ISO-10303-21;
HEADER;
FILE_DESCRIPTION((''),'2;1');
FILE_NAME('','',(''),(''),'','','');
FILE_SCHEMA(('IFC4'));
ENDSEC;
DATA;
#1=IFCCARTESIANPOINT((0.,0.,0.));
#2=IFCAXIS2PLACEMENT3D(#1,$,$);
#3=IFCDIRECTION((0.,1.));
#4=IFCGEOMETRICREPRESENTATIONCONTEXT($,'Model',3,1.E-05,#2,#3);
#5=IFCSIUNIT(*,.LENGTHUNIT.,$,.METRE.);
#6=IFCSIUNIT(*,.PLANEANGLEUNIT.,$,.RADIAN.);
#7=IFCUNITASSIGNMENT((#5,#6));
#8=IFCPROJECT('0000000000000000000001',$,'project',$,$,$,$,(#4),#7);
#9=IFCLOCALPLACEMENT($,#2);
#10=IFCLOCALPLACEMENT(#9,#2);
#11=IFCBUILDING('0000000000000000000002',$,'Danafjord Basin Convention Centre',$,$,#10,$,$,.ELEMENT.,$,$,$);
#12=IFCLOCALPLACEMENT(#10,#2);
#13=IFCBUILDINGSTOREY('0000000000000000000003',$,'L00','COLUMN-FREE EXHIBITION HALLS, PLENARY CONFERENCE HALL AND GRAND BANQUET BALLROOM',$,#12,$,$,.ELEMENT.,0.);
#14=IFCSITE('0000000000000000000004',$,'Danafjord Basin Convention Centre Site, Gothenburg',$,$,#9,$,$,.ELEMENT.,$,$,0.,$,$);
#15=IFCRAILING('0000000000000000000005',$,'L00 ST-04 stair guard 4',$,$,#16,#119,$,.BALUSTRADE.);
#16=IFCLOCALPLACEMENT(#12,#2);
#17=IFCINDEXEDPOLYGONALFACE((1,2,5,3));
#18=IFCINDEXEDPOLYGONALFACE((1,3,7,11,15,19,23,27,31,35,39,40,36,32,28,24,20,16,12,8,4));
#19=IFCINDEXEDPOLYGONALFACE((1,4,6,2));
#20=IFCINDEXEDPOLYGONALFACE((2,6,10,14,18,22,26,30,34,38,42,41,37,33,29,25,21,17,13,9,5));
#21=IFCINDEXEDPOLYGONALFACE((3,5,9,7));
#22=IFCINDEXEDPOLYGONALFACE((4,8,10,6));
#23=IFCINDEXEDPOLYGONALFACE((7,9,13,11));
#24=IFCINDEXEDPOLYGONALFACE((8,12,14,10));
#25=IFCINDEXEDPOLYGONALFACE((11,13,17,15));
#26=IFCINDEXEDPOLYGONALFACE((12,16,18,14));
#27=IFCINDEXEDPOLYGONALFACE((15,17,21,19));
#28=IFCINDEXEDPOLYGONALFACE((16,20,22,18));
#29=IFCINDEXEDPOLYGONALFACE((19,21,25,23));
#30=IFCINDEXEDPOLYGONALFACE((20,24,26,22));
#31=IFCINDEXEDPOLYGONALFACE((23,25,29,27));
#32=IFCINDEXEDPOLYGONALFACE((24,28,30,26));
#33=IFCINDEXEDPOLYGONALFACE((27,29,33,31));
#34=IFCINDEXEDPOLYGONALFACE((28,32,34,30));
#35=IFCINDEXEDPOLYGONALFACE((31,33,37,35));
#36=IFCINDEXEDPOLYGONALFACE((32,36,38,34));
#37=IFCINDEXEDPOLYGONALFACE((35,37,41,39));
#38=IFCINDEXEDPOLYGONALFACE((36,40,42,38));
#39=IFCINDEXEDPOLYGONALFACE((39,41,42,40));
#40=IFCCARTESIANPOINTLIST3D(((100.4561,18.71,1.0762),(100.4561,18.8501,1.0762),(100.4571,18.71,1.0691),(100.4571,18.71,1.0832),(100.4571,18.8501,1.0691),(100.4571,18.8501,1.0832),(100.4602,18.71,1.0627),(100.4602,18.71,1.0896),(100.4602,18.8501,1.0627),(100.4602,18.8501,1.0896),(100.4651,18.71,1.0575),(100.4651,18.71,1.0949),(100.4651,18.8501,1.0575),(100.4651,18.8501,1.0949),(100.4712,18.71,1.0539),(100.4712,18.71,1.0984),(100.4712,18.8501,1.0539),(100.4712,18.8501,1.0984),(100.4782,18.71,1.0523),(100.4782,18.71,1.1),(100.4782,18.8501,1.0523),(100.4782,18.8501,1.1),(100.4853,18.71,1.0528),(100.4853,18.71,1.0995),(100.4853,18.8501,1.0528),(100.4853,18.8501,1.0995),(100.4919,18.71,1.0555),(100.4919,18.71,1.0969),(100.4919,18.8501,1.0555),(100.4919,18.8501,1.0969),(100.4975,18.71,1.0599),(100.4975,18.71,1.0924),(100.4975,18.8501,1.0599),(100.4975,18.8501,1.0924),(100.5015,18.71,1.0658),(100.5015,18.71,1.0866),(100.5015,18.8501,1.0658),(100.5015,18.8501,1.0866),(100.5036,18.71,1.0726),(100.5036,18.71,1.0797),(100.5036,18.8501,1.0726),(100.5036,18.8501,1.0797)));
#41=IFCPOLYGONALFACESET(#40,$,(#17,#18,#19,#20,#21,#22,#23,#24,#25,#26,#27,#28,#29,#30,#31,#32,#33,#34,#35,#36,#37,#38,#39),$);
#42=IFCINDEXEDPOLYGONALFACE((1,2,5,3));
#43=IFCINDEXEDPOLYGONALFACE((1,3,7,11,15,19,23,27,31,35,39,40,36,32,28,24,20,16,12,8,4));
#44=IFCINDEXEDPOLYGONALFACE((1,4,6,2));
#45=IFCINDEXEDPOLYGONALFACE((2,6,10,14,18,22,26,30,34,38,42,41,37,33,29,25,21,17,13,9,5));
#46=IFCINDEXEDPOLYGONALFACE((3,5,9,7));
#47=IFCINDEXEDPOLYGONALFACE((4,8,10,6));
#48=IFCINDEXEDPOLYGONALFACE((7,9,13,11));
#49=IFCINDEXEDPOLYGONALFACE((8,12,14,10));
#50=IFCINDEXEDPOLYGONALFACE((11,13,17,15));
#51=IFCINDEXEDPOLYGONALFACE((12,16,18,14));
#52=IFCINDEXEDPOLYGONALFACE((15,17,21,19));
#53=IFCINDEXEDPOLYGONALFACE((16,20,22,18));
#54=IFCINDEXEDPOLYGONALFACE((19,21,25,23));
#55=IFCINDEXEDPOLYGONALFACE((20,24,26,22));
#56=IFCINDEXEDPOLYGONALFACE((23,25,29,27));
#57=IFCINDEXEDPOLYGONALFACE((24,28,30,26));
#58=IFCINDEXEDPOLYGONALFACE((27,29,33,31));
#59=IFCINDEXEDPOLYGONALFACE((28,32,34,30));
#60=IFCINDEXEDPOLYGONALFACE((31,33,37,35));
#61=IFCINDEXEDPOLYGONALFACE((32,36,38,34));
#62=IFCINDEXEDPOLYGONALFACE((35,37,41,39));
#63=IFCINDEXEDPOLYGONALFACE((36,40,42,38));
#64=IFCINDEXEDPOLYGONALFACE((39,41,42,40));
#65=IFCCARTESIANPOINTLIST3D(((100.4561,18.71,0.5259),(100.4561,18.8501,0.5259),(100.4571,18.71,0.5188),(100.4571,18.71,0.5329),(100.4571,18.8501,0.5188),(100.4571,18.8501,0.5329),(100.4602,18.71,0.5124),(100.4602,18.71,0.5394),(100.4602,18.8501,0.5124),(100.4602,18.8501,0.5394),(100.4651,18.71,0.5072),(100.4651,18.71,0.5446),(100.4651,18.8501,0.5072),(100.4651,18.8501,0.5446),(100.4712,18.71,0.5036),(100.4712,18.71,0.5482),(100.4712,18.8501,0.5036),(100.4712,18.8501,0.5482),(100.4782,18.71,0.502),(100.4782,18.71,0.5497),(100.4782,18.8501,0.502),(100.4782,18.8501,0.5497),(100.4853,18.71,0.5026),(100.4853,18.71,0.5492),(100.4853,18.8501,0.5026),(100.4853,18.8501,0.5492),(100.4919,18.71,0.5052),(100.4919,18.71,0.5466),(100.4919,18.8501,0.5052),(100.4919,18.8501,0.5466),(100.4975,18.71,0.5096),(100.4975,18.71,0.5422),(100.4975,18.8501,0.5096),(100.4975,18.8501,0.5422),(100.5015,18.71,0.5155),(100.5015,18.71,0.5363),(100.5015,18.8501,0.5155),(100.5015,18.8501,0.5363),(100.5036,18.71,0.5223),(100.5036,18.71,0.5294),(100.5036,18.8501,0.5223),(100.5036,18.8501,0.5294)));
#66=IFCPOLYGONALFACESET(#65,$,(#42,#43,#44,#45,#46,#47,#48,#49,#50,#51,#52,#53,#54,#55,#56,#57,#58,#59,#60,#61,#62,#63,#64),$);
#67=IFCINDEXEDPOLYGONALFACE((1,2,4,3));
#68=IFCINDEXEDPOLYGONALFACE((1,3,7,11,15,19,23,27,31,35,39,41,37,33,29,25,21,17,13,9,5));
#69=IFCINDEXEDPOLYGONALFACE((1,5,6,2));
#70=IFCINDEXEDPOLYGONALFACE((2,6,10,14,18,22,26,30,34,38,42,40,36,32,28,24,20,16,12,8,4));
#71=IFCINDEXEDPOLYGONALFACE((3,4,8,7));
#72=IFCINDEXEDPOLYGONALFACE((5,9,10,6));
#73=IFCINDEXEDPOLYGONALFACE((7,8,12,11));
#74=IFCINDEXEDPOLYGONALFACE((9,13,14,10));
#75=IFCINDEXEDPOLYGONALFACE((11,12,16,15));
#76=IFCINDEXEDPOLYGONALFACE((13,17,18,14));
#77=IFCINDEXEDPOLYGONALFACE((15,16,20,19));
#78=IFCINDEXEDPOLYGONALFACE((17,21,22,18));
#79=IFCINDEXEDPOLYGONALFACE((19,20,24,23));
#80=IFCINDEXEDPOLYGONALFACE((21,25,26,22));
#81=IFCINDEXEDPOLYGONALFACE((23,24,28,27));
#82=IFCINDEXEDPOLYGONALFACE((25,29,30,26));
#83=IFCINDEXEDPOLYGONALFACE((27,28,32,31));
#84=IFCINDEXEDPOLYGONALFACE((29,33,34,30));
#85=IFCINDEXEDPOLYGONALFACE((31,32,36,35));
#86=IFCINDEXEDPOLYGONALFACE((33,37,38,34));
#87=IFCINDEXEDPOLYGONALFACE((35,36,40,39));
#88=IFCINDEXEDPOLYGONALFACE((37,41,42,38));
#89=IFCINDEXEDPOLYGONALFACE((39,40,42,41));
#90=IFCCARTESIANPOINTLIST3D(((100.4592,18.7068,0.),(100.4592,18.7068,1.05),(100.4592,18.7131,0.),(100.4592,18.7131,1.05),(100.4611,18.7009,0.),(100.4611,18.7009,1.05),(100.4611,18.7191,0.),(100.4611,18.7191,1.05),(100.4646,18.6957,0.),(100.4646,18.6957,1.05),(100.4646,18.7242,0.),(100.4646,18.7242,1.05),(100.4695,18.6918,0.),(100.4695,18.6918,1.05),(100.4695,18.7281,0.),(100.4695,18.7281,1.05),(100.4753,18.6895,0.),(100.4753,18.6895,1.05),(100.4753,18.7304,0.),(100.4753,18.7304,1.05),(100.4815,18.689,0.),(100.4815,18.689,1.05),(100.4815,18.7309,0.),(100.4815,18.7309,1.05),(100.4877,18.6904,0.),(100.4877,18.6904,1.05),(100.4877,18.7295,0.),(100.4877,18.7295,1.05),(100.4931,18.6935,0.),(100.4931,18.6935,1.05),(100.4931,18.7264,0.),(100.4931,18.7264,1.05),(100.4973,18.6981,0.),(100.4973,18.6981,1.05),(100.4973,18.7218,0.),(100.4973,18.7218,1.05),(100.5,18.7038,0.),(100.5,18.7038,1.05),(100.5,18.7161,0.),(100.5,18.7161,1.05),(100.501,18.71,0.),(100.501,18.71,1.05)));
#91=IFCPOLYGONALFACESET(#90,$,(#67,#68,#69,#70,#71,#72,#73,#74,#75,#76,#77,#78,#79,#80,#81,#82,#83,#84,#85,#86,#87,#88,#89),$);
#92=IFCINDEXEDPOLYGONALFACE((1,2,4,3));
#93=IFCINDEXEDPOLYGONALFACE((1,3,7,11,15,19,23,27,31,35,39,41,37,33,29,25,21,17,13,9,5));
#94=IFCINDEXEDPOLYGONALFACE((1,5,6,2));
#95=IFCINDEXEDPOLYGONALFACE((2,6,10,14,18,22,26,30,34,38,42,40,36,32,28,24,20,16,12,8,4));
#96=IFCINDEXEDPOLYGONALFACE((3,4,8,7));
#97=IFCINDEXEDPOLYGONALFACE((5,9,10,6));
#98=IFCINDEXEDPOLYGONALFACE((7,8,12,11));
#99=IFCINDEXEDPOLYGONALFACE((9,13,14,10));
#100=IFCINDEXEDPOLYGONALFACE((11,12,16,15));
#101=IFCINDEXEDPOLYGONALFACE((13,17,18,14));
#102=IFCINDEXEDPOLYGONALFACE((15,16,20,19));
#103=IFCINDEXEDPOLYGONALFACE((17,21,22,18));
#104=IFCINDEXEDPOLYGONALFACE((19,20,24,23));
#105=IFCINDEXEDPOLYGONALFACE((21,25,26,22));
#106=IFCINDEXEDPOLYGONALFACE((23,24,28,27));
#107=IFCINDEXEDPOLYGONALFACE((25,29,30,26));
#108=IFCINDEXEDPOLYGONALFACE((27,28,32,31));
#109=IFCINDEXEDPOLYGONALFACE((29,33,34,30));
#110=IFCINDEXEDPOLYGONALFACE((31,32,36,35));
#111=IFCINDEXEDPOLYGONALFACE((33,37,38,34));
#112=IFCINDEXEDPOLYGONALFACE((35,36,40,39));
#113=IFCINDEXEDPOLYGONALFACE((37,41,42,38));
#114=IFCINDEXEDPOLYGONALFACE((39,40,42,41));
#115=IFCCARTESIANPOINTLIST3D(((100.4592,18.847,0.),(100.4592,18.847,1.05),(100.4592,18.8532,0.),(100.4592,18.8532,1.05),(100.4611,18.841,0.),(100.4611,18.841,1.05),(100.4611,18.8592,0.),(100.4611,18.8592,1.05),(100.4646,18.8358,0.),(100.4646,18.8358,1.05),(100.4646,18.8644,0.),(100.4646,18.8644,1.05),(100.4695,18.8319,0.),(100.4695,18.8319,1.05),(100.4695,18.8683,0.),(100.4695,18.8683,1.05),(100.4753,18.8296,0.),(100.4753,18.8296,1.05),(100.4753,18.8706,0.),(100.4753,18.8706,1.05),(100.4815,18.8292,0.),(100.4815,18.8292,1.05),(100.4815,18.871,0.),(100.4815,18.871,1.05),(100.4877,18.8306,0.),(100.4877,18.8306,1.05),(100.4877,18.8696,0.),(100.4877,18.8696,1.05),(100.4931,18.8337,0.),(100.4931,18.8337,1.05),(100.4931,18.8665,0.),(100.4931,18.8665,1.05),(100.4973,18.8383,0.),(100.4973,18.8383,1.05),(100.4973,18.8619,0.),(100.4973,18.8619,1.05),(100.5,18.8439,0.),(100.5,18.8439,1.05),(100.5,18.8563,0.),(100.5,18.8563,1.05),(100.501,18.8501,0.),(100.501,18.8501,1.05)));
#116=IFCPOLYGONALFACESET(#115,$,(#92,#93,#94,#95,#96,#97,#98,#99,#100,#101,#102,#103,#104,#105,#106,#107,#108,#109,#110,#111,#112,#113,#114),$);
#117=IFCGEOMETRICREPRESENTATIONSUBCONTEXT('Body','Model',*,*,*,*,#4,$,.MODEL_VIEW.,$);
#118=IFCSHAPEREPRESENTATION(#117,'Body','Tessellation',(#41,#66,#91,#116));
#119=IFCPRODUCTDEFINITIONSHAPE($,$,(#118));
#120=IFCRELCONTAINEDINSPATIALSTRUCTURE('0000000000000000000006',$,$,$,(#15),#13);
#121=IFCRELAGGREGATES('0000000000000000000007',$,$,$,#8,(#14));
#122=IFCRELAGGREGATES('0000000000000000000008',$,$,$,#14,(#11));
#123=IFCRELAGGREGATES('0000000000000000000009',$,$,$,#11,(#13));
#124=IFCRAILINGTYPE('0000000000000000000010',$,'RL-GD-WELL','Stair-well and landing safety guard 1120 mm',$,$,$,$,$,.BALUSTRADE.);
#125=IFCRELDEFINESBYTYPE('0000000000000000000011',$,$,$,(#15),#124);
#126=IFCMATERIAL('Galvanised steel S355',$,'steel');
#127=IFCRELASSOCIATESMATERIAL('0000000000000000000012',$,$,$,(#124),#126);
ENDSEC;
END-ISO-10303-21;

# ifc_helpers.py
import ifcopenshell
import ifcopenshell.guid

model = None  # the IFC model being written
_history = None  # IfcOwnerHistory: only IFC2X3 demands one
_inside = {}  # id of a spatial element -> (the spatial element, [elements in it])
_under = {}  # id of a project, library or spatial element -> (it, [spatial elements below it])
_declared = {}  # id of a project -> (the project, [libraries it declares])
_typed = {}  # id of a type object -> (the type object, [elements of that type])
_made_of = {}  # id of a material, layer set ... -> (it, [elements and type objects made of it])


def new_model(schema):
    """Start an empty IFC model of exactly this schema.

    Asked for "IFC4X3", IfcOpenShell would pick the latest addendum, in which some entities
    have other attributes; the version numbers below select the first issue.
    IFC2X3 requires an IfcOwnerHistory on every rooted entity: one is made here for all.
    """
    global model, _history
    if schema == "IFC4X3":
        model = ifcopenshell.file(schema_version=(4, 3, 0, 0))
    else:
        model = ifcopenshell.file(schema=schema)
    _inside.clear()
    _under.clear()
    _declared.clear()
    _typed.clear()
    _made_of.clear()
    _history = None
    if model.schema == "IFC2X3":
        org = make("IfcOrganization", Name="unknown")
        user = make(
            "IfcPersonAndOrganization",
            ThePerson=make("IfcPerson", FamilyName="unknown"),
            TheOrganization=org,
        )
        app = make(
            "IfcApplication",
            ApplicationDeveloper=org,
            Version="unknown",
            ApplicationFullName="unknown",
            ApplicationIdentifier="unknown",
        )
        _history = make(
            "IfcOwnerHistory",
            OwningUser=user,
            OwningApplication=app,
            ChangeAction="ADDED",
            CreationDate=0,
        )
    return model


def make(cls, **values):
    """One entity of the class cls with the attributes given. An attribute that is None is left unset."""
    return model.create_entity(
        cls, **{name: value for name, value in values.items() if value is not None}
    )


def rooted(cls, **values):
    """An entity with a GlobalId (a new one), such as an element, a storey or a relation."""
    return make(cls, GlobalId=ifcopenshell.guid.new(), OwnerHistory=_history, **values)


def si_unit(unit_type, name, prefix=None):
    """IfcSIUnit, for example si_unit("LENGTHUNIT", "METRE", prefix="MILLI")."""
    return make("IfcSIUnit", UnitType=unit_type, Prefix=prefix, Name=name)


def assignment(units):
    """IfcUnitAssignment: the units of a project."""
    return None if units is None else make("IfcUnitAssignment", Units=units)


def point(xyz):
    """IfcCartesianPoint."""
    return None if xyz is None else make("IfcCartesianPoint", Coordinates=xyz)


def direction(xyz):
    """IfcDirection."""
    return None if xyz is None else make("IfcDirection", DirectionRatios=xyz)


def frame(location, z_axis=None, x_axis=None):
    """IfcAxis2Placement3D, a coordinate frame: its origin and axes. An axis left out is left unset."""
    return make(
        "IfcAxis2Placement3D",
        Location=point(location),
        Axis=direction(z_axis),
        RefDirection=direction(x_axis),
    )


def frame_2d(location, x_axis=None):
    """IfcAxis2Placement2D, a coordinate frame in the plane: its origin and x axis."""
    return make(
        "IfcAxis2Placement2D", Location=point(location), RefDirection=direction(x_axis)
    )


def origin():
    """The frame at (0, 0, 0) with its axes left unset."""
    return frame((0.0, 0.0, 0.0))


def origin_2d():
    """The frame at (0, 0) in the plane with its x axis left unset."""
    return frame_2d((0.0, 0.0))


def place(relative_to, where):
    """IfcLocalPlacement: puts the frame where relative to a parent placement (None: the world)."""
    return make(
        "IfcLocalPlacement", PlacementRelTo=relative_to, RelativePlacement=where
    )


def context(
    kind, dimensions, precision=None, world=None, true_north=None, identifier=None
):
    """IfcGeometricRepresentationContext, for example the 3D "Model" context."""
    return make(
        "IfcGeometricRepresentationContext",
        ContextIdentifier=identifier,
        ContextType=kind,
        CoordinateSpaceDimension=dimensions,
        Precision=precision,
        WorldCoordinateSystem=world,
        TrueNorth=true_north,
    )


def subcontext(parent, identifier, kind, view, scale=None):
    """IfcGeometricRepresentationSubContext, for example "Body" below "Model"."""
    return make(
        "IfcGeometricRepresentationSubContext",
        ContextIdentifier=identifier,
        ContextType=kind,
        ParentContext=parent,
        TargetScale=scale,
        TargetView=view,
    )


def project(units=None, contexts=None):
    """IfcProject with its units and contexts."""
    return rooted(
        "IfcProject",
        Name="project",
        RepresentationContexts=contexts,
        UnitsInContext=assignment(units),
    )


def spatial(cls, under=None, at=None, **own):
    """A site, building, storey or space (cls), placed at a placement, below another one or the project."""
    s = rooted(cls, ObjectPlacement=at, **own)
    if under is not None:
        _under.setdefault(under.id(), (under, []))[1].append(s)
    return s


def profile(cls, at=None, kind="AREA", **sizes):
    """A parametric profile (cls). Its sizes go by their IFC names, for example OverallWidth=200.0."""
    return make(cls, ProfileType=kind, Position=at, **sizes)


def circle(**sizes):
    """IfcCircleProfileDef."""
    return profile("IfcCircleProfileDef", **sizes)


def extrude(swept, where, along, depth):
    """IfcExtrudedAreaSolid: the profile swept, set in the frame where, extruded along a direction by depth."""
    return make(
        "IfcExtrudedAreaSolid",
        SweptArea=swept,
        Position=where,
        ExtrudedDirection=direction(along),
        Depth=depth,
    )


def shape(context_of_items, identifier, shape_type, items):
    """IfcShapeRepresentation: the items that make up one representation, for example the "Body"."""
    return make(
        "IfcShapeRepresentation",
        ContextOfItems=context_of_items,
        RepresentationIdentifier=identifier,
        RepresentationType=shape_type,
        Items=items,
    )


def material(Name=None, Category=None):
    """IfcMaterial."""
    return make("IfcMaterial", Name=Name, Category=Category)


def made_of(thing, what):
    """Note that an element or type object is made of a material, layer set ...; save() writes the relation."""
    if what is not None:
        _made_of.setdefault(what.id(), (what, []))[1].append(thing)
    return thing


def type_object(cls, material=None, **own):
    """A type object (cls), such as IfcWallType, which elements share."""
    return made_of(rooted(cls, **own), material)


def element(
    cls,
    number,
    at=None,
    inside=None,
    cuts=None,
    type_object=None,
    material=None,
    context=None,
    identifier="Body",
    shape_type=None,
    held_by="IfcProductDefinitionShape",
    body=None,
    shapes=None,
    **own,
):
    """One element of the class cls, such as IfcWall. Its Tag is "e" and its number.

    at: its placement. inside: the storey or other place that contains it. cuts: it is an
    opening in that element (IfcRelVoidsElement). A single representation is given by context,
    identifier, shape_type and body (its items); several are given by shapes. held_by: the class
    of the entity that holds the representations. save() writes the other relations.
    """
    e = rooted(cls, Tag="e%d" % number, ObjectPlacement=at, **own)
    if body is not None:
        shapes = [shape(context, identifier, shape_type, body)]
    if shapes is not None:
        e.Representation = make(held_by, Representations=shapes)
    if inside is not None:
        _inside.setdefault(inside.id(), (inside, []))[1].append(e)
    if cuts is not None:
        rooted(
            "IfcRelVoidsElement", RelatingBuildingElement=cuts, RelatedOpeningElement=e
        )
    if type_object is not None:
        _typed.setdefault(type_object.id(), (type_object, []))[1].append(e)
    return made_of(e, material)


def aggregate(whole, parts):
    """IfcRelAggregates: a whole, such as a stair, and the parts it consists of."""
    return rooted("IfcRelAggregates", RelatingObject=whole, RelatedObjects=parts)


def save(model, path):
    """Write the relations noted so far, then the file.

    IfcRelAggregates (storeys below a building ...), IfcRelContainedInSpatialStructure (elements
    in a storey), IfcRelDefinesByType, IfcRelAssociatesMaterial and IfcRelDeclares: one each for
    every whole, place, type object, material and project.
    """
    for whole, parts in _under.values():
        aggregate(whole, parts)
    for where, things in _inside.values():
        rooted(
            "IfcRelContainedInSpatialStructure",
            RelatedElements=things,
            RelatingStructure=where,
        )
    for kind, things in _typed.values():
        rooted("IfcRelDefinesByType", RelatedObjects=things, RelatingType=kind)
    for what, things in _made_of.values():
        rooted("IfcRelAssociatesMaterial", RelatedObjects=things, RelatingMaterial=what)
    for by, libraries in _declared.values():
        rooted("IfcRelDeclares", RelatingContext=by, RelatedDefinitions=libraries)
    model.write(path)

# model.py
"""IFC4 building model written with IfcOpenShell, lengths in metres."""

from ifc_helpers import new_model, si_unit, direction, frame, origin, origin_2d, place, context, subcontext, project, spatial, circle, extrude, material, type_object, element, save


model = new_model("IFC4")

# Units and contexts
model_context = context("Model", 3, precision=1e-05, world=origin(), true_north=direction((0.0, 1.0)))
body_context = subcontext(model_context, "Body", "Model", "MODEL_VIEW")
ifc_project = project(units=[si_unit("LENGTHUNIT", "METRE"), si_unit("PLANEANGLEUNIT", "RADIAN")], contexts=[model_context])

# Site, building, storey
site_placement = place(None, origin())
site = spatial("IfcSite", under=ifc_project, at=site_placement, Name="Danafjord Basin Convention Centre Site, Gothenburg", CompositionType="ELEMENT", RefElevation=0.0)
building_placement = place(site_placement, origin())
building = spatial("IfcBuilding", under=site, at=building_placement, Name="Danafjord Basin Convention Centre", CompositionType="ELEMENT")
storey_placement = place(building_placement, origin())
storey = spatial("IfcBuildingStorey", under=building, at=storey_placement, Name="L00", Description="COLUMN-FREE EXHIBITION HALLS, PLENARY CONFERENCE HALL AND GRAND BANQUET BALLROOM", CompositionType="ELEMENT", Elevation=0.0)

# Railing
ifc_material_1 = material(Name="Galvanised steel S355", Category="steel")
railing_type_1 = type_object("IfcRailingType", Name="RL-GD-WELL", Description="Stair-well and landing safety guard 1120 mm", PredefinedType="BALUSTRADE", material=ifc_material_1)
railing_1_placement = place(storey_placement, frame((100.48, 18.71, 0.0)))
element("IfcRailing", 1, at=railing_1_placement, inside=storey, type_object=railing_type_1, Name="L00 ST-04 stair guard 4", PredefinedType="BALUSTRADE", context=body_context, shape_type="SweptSolid", body=[
    extrude(circle(Radius=0.0239, at=origin_2d()), frame((0.0, 0.0, 1.0762), z_axis=(0.0, 1.0, 0.0), x_axis=(-1.0, 0.0, 0.0)), (0.0, 0.0, 1.0), 0.1401),
    extrude(circle(Radius=0.0239, at=origin_2d()), frame((0.0, 0.0, 0.5259), z_axis=(0.0, 1.0, 0.0), x_axis=(-1.0, 0.0, 0.0)), (0.0, 0.0, 1.0), 0.1401),
    extrude(circle(Radius=0.021, at=origin_2d()), origin(), (0.0, 0.0, 1.0), 1.05),
    extrude(circle(Radius=0.021, at=origin_2d()), frame((0.0, 0.1401, 0.0)), (0.0, 0.0, 1.0), 1.05),
])

save(model, "model.ifc")
